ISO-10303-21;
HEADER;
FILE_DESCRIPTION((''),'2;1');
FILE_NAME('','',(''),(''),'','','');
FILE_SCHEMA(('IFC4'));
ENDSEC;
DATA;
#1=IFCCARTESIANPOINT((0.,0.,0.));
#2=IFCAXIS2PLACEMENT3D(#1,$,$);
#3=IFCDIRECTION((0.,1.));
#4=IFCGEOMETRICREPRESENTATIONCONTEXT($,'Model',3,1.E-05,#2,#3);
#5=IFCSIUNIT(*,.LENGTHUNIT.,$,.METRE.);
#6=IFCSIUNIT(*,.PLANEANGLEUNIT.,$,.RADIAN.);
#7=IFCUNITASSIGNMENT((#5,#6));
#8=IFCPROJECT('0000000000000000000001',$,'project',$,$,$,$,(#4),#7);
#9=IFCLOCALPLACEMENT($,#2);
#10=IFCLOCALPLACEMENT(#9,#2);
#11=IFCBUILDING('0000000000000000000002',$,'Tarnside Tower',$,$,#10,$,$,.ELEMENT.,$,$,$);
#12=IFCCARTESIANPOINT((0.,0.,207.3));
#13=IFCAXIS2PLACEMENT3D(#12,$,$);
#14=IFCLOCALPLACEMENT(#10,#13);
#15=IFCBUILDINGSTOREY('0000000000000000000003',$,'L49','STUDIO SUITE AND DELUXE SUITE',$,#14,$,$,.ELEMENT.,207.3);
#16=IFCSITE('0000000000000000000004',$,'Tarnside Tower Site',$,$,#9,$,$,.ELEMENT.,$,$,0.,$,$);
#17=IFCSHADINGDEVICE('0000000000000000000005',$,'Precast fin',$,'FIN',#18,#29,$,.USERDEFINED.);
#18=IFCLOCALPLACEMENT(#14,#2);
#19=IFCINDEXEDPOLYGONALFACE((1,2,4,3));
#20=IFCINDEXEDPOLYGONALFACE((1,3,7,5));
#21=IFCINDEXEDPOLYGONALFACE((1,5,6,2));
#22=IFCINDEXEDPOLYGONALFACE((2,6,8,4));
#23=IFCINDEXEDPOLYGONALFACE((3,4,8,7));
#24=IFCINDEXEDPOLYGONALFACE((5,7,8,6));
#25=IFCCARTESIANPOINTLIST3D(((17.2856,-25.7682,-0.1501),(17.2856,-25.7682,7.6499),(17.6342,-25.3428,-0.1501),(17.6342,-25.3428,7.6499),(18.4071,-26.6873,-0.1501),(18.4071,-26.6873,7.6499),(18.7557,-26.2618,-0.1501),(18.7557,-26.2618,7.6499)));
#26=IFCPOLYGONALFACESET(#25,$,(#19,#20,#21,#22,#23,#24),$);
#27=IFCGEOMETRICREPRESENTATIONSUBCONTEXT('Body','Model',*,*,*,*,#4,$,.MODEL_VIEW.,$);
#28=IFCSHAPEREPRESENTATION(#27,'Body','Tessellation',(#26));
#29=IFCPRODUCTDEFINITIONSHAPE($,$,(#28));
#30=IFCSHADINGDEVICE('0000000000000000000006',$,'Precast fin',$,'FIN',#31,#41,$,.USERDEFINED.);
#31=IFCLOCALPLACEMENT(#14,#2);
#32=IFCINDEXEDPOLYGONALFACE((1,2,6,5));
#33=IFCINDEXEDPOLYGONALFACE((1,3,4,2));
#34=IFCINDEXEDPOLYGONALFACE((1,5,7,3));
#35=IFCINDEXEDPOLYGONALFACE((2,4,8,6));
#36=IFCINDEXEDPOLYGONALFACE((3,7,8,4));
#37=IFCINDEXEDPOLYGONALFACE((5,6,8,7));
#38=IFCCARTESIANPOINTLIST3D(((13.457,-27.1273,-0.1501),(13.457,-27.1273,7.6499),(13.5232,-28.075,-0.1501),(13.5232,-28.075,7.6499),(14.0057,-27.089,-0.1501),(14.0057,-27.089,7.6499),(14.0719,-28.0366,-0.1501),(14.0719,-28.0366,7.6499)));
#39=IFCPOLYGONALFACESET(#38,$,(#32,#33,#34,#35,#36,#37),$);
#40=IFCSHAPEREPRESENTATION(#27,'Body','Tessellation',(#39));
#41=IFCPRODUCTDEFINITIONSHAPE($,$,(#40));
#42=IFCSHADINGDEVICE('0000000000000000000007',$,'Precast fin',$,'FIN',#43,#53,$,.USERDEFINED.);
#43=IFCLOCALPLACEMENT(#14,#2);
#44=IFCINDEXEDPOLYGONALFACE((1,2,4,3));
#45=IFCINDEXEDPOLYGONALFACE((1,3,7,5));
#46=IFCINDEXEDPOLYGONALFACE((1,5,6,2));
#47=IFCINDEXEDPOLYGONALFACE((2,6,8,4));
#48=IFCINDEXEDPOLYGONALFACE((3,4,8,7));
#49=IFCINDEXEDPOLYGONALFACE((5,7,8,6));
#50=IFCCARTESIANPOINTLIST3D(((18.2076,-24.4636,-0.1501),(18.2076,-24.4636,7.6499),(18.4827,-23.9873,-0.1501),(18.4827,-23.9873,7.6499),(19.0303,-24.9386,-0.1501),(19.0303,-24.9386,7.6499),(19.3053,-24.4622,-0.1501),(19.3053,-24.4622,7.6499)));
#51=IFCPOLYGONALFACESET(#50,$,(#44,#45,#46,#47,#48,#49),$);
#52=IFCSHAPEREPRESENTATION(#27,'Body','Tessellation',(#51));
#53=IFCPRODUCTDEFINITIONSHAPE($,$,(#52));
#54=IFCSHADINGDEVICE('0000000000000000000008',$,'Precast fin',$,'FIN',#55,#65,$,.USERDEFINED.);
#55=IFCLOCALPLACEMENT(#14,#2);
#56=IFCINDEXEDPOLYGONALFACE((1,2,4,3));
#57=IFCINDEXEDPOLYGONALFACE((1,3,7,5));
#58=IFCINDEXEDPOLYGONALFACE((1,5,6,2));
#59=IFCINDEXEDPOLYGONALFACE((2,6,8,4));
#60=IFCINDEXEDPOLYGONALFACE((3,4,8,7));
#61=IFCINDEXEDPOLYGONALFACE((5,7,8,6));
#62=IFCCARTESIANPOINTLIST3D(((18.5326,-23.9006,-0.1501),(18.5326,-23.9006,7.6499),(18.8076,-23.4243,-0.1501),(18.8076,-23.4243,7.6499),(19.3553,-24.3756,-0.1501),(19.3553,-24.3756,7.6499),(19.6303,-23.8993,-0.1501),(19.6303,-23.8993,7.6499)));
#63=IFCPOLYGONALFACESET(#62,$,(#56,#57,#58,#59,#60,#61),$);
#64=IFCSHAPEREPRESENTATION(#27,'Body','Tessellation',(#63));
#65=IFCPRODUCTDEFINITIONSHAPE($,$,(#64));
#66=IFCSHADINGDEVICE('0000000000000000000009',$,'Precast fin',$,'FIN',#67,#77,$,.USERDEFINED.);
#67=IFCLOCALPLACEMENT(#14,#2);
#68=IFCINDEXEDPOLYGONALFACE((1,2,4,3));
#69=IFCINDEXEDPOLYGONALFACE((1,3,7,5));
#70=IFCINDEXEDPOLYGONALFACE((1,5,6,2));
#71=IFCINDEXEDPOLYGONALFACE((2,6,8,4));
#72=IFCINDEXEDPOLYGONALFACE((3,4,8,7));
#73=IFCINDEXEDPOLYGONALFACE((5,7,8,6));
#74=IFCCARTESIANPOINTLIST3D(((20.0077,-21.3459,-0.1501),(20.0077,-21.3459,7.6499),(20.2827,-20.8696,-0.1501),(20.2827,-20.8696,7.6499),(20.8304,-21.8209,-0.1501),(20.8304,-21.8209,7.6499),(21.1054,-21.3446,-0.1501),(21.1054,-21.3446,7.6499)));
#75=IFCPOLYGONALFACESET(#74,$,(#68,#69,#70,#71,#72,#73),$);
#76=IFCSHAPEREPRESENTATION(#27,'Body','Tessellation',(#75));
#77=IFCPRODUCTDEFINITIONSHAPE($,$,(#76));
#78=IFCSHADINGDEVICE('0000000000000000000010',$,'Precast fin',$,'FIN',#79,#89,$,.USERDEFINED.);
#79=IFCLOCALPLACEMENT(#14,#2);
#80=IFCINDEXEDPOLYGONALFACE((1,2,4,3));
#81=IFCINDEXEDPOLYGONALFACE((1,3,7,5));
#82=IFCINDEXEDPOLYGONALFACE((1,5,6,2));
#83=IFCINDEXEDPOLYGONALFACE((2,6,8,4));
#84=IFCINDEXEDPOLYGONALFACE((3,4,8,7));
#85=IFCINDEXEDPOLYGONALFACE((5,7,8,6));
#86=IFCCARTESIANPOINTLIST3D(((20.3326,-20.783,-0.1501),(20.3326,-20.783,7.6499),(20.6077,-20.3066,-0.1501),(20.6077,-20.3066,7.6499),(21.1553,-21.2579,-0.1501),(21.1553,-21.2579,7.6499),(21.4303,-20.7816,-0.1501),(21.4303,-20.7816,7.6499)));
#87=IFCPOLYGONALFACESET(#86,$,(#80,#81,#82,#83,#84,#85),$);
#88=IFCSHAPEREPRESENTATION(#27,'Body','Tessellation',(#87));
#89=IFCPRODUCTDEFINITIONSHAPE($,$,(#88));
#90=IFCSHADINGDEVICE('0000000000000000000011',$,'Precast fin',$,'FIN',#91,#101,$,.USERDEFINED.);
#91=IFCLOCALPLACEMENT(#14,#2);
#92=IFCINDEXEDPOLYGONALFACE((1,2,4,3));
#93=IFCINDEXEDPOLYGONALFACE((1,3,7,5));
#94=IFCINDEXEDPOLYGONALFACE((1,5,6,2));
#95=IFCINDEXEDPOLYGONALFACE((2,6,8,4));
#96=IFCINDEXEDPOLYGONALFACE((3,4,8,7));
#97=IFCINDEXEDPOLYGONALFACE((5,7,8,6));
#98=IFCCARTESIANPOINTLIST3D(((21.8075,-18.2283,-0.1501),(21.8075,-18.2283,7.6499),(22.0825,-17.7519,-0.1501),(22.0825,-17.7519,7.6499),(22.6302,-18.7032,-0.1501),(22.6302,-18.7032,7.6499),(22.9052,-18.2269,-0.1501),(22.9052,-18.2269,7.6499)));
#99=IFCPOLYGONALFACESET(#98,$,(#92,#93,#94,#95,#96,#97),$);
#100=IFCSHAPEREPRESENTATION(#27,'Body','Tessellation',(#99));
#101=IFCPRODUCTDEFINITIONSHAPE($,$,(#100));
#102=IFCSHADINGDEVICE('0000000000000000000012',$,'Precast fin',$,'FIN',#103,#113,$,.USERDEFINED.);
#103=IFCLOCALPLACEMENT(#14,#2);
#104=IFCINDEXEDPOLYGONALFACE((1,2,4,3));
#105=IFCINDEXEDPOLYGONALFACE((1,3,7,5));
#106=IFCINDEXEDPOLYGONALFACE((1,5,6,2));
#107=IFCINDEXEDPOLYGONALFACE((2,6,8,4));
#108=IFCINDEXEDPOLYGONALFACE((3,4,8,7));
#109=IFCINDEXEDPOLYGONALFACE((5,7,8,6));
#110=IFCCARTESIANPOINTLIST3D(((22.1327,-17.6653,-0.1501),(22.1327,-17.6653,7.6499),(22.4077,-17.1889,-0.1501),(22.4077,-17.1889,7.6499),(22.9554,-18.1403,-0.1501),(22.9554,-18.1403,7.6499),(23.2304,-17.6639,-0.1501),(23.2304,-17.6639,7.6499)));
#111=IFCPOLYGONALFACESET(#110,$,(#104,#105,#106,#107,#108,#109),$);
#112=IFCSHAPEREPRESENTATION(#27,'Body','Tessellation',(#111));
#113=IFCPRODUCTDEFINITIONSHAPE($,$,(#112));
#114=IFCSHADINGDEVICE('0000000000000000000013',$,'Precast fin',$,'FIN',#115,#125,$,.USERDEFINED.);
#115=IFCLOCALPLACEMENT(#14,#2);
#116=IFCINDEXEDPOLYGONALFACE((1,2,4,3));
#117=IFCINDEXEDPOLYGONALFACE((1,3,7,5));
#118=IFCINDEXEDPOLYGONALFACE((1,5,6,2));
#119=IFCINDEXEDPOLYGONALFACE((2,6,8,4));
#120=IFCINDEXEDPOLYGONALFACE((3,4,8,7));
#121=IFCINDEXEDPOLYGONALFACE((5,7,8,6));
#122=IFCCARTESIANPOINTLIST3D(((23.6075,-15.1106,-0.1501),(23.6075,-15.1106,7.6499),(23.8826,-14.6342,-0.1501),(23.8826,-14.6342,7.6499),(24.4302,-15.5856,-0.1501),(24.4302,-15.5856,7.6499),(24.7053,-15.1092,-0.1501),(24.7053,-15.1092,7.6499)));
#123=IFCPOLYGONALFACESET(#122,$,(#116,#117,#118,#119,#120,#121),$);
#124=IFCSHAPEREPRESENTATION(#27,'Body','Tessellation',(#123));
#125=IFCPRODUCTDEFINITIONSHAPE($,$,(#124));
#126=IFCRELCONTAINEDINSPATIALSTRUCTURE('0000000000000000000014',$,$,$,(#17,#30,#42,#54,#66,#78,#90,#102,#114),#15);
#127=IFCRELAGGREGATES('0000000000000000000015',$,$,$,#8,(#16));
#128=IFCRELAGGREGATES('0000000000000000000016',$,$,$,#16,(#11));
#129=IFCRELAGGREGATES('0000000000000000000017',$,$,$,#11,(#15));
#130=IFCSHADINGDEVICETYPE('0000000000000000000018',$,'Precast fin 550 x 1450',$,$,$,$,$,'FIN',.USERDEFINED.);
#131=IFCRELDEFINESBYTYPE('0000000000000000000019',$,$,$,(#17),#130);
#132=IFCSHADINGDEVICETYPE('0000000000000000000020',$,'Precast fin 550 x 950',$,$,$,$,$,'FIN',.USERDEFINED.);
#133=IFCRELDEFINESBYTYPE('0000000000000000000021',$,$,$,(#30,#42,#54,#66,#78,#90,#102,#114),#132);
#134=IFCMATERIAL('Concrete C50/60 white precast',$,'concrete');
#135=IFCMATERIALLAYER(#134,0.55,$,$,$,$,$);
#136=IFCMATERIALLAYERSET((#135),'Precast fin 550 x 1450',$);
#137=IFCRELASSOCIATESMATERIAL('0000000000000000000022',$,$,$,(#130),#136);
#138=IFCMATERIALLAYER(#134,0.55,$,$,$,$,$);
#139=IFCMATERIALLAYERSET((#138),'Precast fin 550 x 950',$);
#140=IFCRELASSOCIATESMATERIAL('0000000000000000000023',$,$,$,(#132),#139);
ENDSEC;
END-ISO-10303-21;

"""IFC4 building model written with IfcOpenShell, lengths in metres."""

from ifc_helpers import new_model, si_unit, direction, frame, origin, place, context, subcontext, project, spatial, polyline, outline, extrude, material, layer, layer_set, type_object, element, save


model = new_model("IFC4")

# Units and contexts
model_context = context("Model", 3, precision=1e-05, world=origin(), true_north=direction((0.0, 1.0)))
body_context = subcontext(model_context, "Body", "Model", "MODEL_VIEW")
ifc_project = project(units=[si_unit("LENGTHUNIT", "METRE"), si_unit("PLANEANGLEUNIT", "RADIAN")], contexts=[model_context])

# Site, building, storey
site_placement = place(None, origin())
site = spatial("IfcSite", under=ifc_project, at=site_placement, Name="Tarnside Tower Site", CompositionType="ELEMENT", RefElevation=0.0)
building_placement = place(site_placement, origin())
building = spatial("IfcBuilding", under=site, at=building_placement, Name="Tarnside Tower", CompositionType="ELEMENT")
storey_placement = place(building_placement, frame((0.0, 0.0, 207.3)))
storey = spatial("IfcBuildingStorey", under=building, at=storey_placement, Name="L49", Description="STUDIO SUITE AND DELUXE SUITE", CompositionType="ELEMENT", Elevation=207.3)

# Shading devices
ifc_material_1 = material(Name="Concrete C50/60 white precast", Category="concrete")
ifc_layer_1 = layer(ifc_material_1, 0.55)
ifc_layer_set_1 = layer_set([ifc_layer_1], Name="Precast fin 550 x 1450")
shading_device_type_1 = type_object("IfcShadingDeviceType", Name="Precast fin 550 x 1450", ElementType="FIN", PredefinedType="USERDEFINED", material=ifc_layer_set_1)
for number, where, z_axis, x_axis, name in (
    (1, (17.46, -25.5554, -0.1501), (-0.633831, -0.773472, 0.0), (0.773472, -0.633831, 0.0), "Precast fin"),
):
    element("IfcShadingDevice", number, at=place(storey_placement, frame(where, z_axis=z_axis, x_axis=x_axis)), inside=storey, type_object=shading_device_type_1, Name=name, ObjectType="FIN", PredefinedType="USERDEFINED", context=body_context, shape_type="SweptSolid", body=[
        extrude(outline(polyline([(0.0, 0.0), (1.45, 0.0), (1.45, 7.8), (0.0, 7.8), (0.0, 0.0)])), frame((0.0, 0.0, -0.2749)), (0.0, 0.0, 1.0), 0.55),
    ])
ifc_layer_2 = layer(ifc_material_1, 0.55)
ifc_layer_set_2 = layer_set([ifc_layer_2], Name="Precast fin 550 x 950")
shading_device_type_2 = type_object("IfcShadingDeviceType", Name="Precast fin 550 x 950", ElementType="FIN", PredefinedType="USERDEFINED", material=ifc_layer_set_2)
for number, where, z_axis, x_axis, name in (
    (2, (13.7314, -27.1082, -0.1501), (-0.997564, -0.069756, 0.0), (0.069756, -0.997564, 0.0), "Precast fin"),
    (3, (18.3452, -24.2253, -0.1501), (-0.5, -0.866025, 0.0), (0.866025, -0.5, 0.0), "Precast fin"),
    (4, (18.6702, -23.6624, -0.1501), (-0.5, -0.866025, 0.0), (0.866025, -0.5, 0.0), "Precast fin"),
    (5, (20.1453, -21.1077, -0.1501), (-0.5, -0.866025, 0.0), (0.866025, -0.5, 0.0), "Precast fin"),
    (6, (20.4702, -20.5447, -0.1501), (-0.5, -0.866025, 0.0), (0.866025, -0.5, 0.0), "Precast fin"),
    (7, (21.9451, -17.99, -0.1501), (-0.5, -0.866025, 0.0), (0.866025, -0.5, 0.0), "Precast fin"),
    (8, (22.2703, -17.427, -0.1501), (-0.5, -0.866025, 0.0), (0.866025, -0.5, 0.0), "Precast fin"),
    (9, (23.7451, -14.8723, -0.1501), (-0.5, -0.866025, 0.0), (0.866025, -0.5, 0.0), "Precast fin"),
):
    element("IfcShadingDevice", number, at=place(storey_placement, frame(where, z_axis=z_axis, x_axis=x_axis)), inside=storey, type_object=shading_device_type_2, Name=name, ObjectType="FIN", PredefinedType="USERDEFINED", context=body_context, shape_type="SweptSolid", body=[
        extrude(outline(polyline([(0.0, 0.0), (0.95, 0.0), (0.95, 7.8), (0.0, 7.8), (0.0, 0.0)])), frame((0.0, 0.0, -0.2749)), (0.0, 0.0, 1.0), 0.55),
    ])

save(model, "model.ifc")
